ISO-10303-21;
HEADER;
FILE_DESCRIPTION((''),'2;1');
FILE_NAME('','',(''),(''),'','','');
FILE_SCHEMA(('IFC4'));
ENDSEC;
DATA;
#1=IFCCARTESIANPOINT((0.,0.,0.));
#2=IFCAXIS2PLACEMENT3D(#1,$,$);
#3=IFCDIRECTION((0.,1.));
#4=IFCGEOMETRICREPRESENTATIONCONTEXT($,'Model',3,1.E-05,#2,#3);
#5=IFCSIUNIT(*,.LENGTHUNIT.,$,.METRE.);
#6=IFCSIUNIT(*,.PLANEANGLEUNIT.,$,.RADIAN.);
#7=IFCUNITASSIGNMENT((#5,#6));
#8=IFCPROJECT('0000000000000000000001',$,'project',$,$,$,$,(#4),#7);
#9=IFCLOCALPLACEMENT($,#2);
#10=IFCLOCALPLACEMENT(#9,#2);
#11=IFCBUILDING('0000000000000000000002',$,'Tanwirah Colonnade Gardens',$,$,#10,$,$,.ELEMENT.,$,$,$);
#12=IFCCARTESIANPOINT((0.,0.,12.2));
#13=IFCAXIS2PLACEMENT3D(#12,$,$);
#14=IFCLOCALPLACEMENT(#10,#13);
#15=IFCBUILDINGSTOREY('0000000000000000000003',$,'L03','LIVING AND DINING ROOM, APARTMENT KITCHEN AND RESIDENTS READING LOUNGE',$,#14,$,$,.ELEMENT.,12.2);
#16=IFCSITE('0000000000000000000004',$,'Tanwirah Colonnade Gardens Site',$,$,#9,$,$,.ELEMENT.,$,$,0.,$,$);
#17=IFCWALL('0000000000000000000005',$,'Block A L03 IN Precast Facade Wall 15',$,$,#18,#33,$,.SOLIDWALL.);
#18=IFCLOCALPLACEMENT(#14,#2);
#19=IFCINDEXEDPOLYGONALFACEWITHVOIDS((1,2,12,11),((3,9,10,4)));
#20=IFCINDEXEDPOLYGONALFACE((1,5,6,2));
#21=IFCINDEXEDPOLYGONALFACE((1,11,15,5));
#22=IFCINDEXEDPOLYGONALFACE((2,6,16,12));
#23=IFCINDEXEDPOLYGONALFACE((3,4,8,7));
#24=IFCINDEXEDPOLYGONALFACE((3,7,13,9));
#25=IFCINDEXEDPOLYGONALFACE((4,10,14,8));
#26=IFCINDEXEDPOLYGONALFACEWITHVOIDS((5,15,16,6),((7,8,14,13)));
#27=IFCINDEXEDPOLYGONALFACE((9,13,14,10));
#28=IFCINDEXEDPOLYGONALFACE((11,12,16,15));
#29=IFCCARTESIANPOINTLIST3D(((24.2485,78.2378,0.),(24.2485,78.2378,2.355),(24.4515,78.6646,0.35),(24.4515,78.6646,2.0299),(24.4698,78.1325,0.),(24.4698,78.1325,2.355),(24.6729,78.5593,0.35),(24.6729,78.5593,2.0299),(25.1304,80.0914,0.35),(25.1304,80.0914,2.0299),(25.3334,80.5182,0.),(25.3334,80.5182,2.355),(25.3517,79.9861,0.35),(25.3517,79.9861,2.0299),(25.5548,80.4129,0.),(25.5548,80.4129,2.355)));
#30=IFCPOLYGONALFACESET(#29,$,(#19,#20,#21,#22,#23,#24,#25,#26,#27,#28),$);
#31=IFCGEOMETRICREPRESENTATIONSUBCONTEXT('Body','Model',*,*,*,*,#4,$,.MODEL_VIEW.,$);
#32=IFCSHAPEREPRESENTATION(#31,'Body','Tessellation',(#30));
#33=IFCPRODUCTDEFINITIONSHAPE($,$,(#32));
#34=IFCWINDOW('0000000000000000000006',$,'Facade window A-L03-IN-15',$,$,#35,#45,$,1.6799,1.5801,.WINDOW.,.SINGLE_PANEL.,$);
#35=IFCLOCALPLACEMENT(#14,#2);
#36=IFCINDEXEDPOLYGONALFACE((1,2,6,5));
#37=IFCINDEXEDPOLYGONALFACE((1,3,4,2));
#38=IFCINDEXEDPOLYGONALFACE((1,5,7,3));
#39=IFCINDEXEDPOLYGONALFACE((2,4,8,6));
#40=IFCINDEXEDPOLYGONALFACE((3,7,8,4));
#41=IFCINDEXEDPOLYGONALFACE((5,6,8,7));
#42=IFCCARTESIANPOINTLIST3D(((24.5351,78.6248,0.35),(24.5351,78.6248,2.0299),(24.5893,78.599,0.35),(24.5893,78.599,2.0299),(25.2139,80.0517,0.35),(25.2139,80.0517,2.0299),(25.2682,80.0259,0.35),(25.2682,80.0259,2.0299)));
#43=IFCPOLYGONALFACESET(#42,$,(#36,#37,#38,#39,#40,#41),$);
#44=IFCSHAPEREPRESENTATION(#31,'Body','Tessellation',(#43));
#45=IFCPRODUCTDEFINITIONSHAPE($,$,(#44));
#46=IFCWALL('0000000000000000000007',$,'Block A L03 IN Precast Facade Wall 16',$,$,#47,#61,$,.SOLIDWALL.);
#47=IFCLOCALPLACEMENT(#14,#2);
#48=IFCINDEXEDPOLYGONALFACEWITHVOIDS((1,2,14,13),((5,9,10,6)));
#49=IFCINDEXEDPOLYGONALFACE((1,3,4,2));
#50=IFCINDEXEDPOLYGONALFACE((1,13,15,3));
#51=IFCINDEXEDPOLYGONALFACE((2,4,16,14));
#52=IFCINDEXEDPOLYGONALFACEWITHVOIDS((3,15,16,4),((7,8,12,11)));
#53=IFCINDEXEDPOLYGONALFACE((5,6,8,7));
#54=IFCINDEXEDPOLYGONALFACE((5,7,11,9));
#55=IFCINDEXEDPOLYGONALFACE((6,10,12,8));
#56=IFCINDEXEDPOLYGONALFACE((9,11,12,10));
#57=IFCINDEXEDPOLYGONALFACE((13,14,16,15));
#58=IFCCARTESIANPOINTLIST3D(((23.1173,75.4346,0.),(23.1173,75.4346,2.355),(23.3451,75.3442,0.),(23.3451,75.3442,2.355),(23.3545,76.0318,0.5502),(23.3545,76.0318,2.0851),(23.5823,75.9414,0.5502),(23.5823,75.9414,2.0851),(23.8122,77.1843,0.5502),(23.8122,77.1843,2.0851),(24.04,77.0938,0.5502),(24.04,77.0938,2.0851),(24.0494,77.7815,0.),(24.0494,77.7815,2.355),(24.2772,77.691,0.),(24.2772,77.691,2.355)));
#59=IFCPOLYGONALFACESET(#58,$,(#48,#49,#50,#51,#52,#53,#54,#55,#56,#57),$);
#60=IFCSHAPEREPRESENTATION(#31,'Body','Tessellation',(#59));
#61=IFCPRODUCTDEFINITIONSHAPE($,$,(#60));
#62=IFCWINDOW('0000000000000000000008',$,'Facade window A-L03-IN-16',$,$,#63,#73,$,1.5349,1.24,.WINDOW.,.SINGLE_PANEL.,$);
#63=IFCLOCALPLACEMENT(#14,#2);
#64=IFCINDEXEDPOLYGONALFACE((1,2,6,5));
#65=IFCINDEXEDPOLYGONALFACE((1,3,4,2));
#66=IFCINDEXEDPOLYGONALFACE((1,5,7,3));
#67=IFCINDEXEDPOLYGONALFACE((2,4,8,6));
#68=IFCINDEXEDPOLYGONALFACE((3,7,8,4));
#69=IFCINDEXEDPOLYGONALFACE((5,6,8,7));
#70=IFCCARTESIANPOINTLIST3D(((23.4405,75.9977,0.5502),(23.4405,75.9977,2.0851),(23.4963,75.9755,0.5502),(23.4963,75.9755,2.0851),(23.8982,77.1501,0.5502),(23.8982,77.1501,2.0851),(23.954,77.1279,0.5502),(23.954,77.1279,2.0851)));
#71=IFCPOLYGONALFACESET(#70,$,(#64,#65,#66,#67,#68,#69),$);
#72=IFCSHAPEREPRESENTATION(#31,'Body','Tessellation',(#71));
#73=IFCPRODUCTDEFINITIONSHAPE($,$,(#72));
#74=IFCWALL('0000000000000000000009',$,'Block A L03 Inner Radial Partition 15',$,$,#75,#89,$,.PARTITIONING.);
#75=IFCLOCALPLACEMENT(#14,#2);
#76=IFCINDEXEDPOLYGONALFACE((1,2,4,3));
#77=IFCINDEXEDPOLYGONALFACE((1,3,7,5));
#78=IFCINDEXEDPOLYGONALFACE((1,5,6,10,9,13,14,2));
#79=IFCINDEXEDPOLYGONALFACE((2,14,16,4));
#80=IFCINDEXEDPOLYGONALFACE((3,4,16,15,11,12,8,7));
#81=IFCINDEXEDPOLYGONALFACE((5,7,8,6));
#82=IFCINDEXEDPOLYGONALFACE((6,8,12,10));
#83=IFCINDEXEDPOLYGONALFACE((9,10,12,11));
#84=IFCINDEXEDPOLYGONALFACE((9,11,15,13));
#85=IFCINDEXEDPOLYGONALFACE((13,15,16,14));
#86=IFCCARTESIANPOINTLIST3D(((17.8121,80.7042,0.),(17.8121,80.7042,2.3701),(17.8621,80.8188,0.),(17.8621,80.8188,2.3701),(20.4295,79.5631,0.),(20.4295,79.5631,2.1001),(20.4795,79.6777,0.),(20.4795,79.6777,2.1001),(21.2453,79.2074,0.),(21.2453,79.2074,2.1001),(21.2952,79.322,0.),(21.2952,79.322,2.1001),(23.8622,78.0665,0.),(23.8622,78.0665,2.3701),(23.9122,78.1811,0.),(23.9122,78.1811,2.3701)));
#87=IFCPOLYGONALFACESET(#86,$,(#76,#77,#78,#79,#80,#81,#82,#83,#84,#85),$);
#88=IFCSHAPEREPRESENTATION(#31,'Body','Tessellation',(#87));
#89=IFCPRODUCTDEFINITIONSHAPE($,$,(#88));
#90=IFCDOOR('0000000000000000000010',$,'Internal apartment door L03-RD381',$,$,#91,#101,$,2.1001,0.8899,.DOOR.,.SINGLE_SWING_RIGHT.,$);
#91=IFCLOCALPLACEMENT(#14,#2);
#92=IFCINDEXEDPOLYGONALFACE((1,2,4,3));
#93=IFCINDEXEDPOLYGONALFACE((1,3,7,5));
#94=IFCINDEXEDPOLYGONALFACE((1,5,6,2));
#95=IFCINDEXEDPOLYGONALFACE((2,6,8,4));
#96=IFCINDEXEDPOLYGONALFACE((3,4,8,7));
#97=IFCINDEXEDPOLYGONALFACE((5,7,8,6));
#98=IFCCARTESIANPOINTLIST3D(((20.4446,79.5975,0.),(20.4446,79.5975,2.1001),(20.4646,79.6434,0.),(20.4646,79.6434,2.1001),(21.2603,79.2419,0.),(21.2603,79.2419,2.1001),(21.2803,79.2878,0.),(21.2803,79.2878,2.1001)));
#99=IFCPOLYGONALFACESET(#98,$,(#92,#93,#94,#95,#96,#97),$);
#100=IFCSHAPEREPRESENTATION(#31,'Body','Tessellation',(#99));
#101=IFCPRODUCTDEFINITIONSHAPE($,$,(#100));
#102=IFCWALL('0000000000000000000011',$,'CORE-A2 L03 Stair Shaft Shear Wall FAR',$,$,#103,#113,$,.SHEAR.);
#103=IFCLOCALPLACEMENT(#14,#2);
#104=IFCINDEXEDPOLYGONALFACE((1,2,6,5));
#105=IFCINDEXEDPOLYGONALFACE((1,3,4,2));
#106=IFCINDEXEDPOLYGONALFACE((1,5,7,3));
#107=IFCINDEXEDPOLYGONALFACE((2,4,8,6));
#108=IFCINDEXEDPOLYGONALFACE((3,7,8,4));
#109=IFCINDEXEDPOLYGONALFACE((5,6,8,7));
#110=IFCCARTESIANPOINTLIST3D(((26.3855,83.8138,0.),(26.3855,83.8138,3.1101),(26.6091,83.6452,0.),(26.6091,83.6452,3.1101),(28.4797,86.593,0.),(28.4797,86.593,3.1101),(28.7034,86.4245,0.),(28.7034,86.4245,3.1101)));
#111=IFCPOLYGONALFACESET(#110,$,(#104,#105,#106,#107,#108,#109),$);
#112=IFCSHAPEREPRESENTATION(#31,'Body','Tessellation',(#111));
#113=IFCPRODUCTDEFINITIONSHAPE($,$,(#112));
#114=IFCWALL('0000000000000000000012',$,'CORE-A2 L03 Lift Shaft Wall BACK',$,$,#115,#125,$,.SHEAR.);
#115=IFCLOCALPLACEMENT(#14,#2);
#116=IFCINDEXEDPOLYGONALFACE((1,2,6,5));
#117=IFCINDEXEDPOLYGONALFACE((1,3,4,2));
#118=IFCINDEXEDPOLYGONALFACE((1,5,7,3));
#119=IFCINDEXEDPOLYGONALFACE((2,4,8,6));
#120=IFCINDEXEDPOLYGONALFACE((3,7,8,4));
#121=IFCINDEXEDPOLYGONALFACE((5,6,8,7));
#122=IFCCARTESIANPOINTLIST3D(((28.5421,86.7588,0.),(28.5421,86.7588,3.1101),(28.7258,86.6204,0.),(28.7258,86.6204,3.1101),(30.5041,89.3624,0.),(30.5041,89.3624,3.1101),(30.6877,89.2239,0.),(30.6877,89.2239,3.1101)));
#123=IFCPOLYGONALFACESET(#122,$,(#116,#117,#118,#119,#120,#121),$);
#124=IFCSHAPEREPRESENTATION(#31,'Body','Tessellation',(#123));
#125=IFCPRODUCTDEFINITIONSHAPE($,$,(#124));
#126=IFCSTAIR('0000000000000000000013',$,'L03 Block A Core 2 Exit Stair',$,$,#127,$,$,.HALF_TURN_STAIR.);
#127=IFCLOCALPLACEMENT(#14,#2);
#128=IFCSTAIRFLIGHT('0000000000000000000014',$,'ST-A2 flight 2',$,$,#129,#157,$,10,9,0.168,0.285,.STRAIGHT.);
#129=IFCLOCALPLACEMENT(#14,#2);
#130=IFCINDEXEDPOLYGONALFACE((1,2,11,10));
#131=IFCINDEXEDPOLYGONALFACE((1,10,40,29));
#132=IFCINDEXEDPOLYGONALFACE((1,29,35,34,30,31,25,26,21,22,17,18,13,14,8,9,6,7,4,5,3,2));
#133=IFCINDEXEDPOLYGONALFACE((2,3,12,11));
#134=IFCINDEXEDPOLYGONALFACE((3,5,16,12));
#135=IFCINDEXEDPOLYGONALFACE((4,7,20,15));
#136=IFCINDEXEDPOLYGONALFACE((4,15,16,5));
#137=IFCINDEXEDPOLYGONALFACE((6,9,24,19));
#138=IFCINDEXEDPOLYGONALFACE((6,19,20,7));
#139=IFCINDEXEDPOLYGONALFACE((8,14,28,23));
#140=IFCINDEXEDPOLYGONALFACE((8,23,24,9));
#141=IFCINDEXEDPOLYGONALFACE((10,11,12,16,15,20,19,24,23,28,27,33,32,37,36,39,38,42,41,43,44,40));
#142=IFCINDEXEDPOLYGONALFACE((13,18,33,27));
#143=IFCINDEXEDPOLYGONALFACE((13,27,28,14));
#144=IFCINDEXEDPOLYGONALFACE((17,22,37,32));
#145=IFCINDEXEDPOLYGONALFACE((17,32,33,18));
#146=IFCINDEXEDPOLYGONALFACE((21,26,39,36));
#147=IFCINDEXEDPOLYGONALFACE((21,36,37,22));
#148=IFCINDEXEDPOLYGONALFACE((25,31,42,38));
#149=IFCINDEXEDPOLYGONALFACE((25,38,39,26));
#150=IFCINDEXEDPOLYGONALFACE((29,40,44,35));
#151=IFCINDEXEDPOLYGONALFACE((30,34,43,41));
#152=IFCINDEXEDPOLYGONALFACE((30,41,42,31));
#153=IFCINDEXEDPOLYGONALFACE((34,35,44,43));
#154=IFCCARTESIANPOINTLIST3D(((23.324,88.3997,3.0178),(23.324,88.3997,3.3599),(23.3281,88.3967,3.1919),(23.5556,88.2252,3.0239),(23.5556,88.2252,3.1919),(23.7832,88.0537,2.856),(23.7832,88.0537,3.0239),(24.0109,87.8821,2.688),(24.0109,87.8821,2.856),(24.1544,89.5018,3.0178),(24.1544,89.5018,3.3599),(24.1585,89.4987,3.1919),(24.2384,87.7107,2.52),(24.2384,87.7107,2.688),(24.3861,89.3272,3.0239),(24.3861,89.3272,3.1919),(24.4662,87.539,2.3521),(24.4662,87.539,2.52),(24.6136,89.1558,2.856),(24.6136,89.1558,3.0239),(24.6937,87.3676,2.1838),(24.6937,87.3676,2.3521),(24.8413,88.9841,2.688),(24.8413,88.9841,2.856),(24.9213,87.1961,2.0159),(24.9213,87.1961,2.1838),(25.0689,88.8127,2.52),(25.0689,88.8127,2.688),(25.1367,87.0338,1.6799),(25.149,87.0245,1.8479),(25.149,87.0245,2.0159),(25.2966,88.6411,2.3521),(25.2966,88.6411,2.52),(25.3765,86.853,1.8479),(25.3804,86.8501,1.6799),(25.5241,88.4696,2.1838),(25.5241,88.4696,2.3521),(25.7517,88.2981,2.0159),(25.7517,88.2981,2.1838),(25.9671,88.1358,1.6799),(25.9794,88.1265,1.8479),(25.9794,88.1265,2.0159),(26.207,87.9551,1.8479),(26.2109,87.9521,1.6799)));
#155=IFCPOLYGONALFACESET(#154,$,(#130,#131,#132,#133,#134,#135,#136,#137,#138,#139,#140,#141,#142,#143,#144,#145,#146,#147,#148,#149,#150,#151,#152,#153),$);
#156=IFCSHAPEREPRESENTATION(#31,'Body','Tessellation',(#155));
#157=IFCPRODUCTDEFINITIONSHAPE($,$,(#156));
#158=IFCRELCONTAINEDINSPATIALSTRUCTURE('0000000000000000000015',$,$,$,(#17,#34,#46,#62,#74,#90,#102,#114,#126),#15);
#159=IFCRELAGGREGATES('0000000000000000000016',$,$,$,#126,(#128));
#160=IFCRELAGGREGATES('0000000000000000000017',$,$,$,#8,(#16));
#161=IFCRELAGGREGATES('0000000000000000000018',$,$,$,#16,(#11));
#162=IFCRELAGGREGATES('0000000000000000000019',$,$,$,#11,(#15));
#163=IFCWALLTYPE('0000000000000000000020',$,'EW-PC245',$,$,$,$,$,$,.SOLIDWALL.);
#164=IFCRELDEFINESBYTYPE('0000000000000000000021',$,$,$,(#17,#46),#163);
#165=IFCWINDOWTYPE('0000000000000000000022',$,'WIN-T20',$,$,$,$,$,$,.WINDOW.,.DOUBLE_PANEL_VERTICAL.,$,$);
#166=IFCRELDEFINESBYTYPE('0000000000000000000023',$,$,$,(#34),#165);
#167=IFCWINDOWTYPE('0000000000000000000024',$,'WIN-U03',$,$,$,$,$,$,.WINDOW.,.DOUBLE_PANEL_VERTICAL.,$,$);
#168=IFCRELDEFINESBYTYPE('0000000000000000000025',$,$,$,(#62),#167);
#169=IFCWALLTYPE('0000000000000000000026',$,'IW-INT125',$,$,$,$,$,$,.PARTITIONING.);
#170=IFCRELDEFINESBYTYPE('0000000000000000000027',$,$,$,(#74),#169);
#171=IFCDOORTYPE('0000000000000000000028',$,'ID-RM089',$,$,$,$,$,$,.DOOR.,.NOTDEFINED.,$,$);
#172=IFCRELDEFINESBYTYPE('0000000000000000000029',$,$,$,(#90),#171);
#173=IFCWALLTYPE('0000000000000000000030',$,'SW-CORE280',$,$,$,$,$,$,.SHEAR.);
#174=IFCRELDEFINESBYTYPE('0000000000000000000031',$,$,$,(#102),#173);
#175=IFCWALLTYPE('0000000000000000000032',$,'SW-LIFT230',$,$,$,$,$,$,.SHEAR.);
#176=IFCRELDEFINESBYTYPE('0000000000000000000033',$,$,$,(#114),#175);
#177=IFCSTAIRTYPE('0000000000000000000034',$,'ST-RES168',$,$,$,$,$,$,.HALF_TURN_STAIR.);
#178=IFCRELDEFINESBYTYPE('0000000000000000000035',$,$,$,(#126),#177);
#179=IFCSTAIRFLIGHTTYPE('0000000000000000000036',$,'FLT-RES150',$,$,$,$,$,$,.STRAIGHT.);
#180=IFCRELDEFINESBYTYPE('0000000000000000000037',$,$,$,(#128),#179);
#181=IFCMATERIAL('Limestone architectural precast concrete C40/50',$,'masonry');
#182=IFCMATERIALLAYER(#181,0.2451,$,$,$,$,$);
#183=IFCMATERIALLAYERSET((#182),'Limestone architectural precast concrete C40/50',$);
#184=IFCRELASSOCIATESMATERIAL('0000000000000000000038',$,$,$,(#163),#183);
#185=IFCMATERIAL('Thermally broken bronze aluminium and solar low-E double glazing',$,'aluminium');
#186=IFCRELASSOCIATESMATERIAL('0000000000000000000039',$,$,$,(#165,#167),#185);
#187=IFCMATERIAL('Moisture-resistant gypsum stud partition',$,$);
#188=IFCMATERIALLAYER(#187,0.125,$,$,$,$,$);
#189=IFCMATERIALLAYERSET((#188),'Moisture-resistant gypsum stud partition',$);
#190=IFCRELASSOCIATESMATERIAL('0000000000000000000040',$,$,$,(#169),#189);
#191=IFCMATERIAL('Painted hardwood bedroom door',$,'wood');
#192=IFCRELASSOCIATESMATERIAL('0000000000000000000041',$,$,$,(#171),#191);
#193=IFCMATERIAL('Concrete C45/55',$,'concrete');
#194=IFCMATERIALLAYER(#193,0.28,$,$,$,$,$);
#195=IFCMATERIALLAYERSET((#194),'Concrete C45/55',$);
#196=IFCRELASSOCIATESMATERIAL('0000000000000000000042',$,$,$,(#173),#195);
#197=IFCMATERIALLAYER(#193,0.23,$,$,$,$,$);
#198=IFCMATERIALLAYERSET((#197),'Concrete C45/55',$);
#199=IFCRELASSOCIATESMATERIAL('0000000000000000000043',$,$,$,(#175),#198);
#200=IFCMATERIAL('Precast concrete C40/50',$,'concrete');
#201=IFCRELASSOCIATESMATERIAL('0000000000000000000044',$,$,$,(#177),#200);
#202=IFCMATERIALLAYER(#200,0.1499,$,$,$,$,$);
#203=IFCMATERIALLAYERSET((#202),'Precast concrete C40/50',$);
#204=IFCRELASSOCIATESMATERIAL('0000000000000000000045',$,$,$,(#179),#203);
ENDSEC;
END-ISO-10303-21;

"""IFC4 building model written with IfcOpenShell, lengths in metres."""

from ifc_helpers import new_model, si_unit, direction, frame, frame_2d, origin, place, context, subcontext, project, spatial, polyline, rectangle, outline, extrude, material, layer, layer_set, type_object, element, fill, aggregate, save


model = new_model("IFC4")

# Units and contexts
model_context = context("Model", 3, precision=1e-05, world=origin(), true_north=direction((0.0, 1.0)))
body_context = subcontext(model_context, "Body", "Model", "MODEL_VIEW")
ifc_project = project(units=[si_unit("LENGTHUNIT", "METRE"), si_unit("PLANEANGLEUNIT", "RADIAN")], contexts=[model_context])

# Site, building, storey
site_placement = place(None, origin())
site = spatial("IfcSite", under=ifc_project, at=site_placement, Name="Tanwirah Colonnade Gardens Site", CompositionType="ELEMENT", RefElevation=0.0)
building_placement = place(site_placement, origin())
building = spatial("IfcBuilding", under=site, at=building_placement, Name="Tanwirah Colonnade Gardens", CompositionType="ELEMENT")
storey_placement = place(building_placement, frame((0.0, 0.0, 12.2)))
storey = spatial("IfcBuildingStorey", under=building, at=storey_placement, Name="L03", Description="LIVING AND DINING ROOM, APARTMENT KITCHEN AND RESIDENTS READING LOUNGE", CompositionType="ELEMENT", Elevation=12.2)

# Shared definitions
ifc_material_1 = material(Name="Precast concrete C40/50", Category="concrete")

# Walls, openings, windows
ifc_material_2 = material(Name="Limestone architectural precast concrete C40/50", Category="masonry")
ifc_layer_1 = layer(ifc_material_2, 0.2451)
ifc_layer_set_1 = layer_set([ifc_layer_1], Name="Limestone architectural precast concrete C40/50")
wall_type_1 = type_object("IfcWallType", Name="EW-PC245", PredefinedType="SOLIDWALL", material=ifc_layer_set_1)
wall_1_placement = place(storey_placement, frame((25.4441, 80.4656, 0.0), z_axis=(0.0, 0.0, 1.0), x_axis=(-0.429611, -0.903014, 0.0)))
wall_1 = element("IfcWall", 1, at=wall_1_placement, inside=storey, type_object=wall_type_1, Name="Block A L03 IN Precast Facade Wall 15", PredefinedType="SOLIDWALL", context=body_context, shape_type="SweptSolid", body=[
    extrude(rectangle(XDim=2.5254, YDim=0.2451, at=frame_2d((1.2627, 0.0))), origin(), (0.0, 0.0, 1.0), 2.355),
])
opening_1_placement = place(wall_1_placement, frame((0.4727, 0.0, 0.3501)))
opening_1 = element("IfcOpeningElement", 2, at=opening_1_placement, cuts=wall_1, PredefinedType="OPENING", context=body_context, shape_type="SweptSolid", body=[
    extrude(rectangle(XDim=1.5801, YDim=1.6799, at=frame_2d((0.79, 0.8398))), frame((0.0, 0.1326, 0.0), z_axis=(0.0, -1.0, 0.0), x_axis=(1.0, 0.0, 0.0)), (0.0, 0.0, 1.0), 0.2651),
])
ifc_material_3 = material(Name="Thermally broken bronze aluminium and solar low-E double glazing", Category="aluminium")
window_type_1 = type_object("IfcWindowType", Name="WIN-T20", PartitioningType="DOUBLE_PANEL_VERTICAL", PredefinedType="WINDOW", material=ifc_material_3)
window_1_placement = place(opening_1_placement, origin())
window_1 = element("IfcWindow", 3, at=window_1_placement, inside=storey, type_object=window_type_1, Name="Facade window A-L03-IN-15", OverallHeight=1.6799, OverallWidth=1.5801, PartitioningType="SINGLE_PANEL", PredefinedType="WINDOW", context=body_context, shape_type="SweptSolid", body=[
    extrude(rectangle(XDim=1.5801, YDim=1.6799, at=frame_2d((0.79, 0.8398))), frame((0.0, 0.03, 0.0), z_axis=(0.0, -1.0, 0.0), x_axis=(1.0, 0.0, 0.0)), (0.0, 0.0, 1.0), 0.0601),
])
fill(opening_1, window_1)
wall_2_placement = place(storey_placement, frame((24.1633, 77.7363, 0.0), z_axis=(0.0, 0.0, 1.0), x_axis=(-0.369123, -0.929381, 0.0)))
wall_2 = element("IfcWall", 4, at=wall_2_placement, inside=storey, type_object=wall_type_1, Name="Block A L03 IN Precast Facade Wall 16", PredefinedType="SOLIDWALL", context=body_context, shape_type="SweptSolid", body=[
    extrude(rectangle(XDim=2.5251, YDim=0.2451, at=frame_2d((1.2627, 0.0))), origin(), (0.0, 0.0, 1.0), 2.355),
])
opening_2_placement = place(wall_2_placement, frame((0.6426, 0.0, 0.55)))
opening_2 = element("IfcOpeningElement", 5, at=opening_2_placement, cuts=wall_2, PredefinedType="OPENING", context=body_context, shape_type="SweptSolid", body=[
    extrude(rectangle(XDim=1.24, YDim=1.5349, at=frame_2d((0.6201, 0.7676))), frame((0.0, 0.1326, 0.0), z_axis=(0.0, -1.0, 0.0), x_axis=(1.0, 0.0, 0.0)), (0.0, 0.0, 1.0), 0.2651),
])
window_type_2 = type_object("IfcWindowType", Name="WIN-U03", PartitioningType="DOUBLE_PANEL_VERTICAL", PredefinedType="WINDOW", material=ifc_material_3)
window_2_placement = place(opening_2_placement, origin())
window_2 = element("IfcWindow", 6, at=window_2_placement, inside=storey, type_object=window_type_2, Name="Facade window A-L03-IN-16", OverallHeight=1.5349, OverallWidth=1.24, PartitioningType="SINGLE_PANEL", PredefinedType="WINDOW", context=body_context, shape_type="SweptSolid", body=[
    extrude(rectangle(XDim=1.24, YDim=1.5349, at=frame_2d((0.6201, 0.7676))), frame((0.0, 0.03, 0.0), z_axis=(0.0, -1.0, 0.0), x_axis=(1.0, 0.0, 0.0)), (0.0, 0.0, 1.0), 0.0601),
])
fill(opening_2, window_2)

# Wall, opening, door
ifc_material_4 = material(Name="Moisture-resistant gypsum stud partition")
ifc_layer_2 = layer(ifc_material_4, 0.125)
ifc_layer_set_2 = layer_set([ifc_layer_2], Name="Moisture-resistant gypsum stud partition")
wall_type_2 = type_object("IfcWallType", Name="IW-INT125", PredefinedType="PARTITIONING", material=ifc_layer_set_2)
wall_3_placement = place(storey_placement, frame((23.8872, 78.1238, 0.0), z_axis=(0.0, 0.0, 1.0), x_axis=(-0.916669, 0.399648, 0.0)))
wall_3 = element("IfcWall", 7, at=wall_3_placement, inside=storey, type_object=wall_type_2, Name="Block A L03 Inner Radial Partition 15", PredefinedType="PARTITIONING", context=body_context, shape_type="SweptSolid", body=[
    extrude(rectangle(XDim=6.6001, YDim=0.125, at=frame_2d((3.3, 0.0))), origin(), (0.0, 0.0, 1.0), 2.3701),
])
opening_3_placement = place(wall_3_placement, frame((2.855, 0.0, 0.0)))
opening_3 = element("IfcOpeningElement", 8, at=opening_3_placement, cuts=wall_3, PredefinedType="OPENING", context=body_context, shape_type="SweptSolid", body=[
    extrude(rectangle(XDim=0.8899, YDim=2.1001, at=frame_2d((0.4448, 1.05))), frame((0.0, 0.0725, 0.0), z_axis=(0.0, -1.0, 0.0), x_axis=(1.0, 0.0, 0.0)), (0.0, 0.0, 1.0), 0.145),
])
ifc_material_5 = material(Name="Painted hardwood bedroom door", Category="wood")
door_type = type_object("IfcDoorType", Name="ID-RM089", OperationType="NOTDEFINED", PredefinedType="DOOR", material=ifc_material_5)
door_placement = place(opening_3_placement, origin())
door = element("IfcDoor", 9, at=door_placement, inside=storey, type_object=door_type, Name="Internal apartment door L03-RD381", OperationType="SINGLE_SWING_RIGHT", OverallHeight=2.1001, OverallWidth=0.8899, PredefinedType="DOOR", context=body_context, shape_type="SweptSolid", body=[
    extrude(rectangle(XDim=0.8899, YDim=2.1001, at=frame_2d((0.4448, 1.05))), frame((0.0, 0.0249, 0.0), z_axis=(0.0, -1.0, 0.0), x_axis=(1.0, 0.0, 0.0)), (0.0, 0.0, 1.0), 0.05),
])
fill(opening_3, door)

# Walls
ifc_material_6 = material(Name="Concrete C45/55", Category="concrete")
ifc_layer_3 = layer(ifc_material_6, 0.28)
ifc_layer_set_3 = layer_set([ifc_layer_3], Name="Concrete C45/55")
wall_type_3 = type_object("IfcWallType", Name="SW-CORE280", PredefinedType="SHEAR", material=ifc_layer_set_3)
wall_4_placement = place(storey_placement, frame((26.4973, 83.7295, 0.0), z_axis=(0.0, 0.0, 1.0), x_axis=(0.601794, 0.798651, 0.0)))
element("IfcWall", 10, at=wall_4_placement, inside=storey, type_object=wall_type_3, Name="CORE-A2 L03 Stair Shaft Shear Wall FAR", PredefinedType="SHEAR", context=body_context, shape_type="SweptSolid", body=[
    extrude(rectangle(XDim=3.48, YDim=0.28, at=frame_2d((1.74, 0.0))), origin(), (0.0, 0.0, 1.0), 3.1101),
])
ifc_layer_4 = layer(ifc_material_6, 0.23)
ifc_layer_set_4 = layer_set([ifc_layer_4], Name="Concrete C45/55")
wall_type_4 = type_object("IfcWallType", Name="SW-LIFT230", PredefinedType="SHEAR", material=ifc_layer_set_4)
wall_5_placement = place(storey_placement, frame((28.634, 86.6897, 0.0), z_axis=(0.0, 0.0, 1.0), x_axis=(0.60182, 0.798632, 0.0)))
element("IfcWall", 11, at=wall_5_placement, inside=storey, type_object=wall_type_4, Name="CORE-A2 L03 Lift Shaft Wall BACK", PredefinedType="SHEAR", context=body_context, shape_type="SweptSolid", body=[
    extrude(rectangle(XDim=3.26, YDim=0.23, at=frame_2d((1.6299, 0.0))), origin(), (0.0, 0.0, 1.0), 3.1101),
])

# Stair, stair flight
stair_type = type_object("IfcStairType", Name="ST-RES168", PredefinedType="HALF_TURN_STAIR", material=ifc_material_1)
stair_placement = place(storey_placement, origin())
stair = element("IfcStair", 12, at=stair_placement, inside=storey, type_object=stair_type, Name="L03 Block A Core 2 Exit Stair", PredefinedType="HALF_TURN_STAIR")
ifc_layer_5 = layer(ifc_material_1, 0.1499)
ifc_layer_set_5 = layer_set([ifc_layer_5], Name="Precast concrete C40/50")
stair_flight_type = type_object("IfcStairFlightType", Name="FLT-RES150", PredefinedType="STRAIGHT", material=ifc_layer_set_5)
stair_flight_placement = place(storey_placement, frame((25.7917, 87.4041, 1.6799), z_axis=(0.0, 0.0, 1.0), x_axis=(-0.798636, 0.601815, 0.0)))
stair_flight = element("IfcStairFlight", 13, at=stair_flight_placement, type_object=stair_flight_type, Name="ST-A2 flight 2", NumberOfRisers=10, NumberOfTreads=9, PredefinedType="STRAIGHT", RiserHeight=0.168, TreadLength=0.285, context=body_context, shape_type="SweptSolid", body=[
    extrude(outline(polyline([(-0.0049, 0.0), (0.0, 0.168), (0.2849, 0.168), (0.2849, 0.3359), (0.5701, 0.3359), (0.5701, 0.5039), (0.855, 0.5039), (0.855, 0.6721), (1.1399, 0.6721), (1.1399, 0.8401), (1.425, 0.8401), (1.425, 1.0081), (1.71, 1.0081), (1.71, 1.176), (1.9951, 1.176), (1.9951, 1.344), (2.28, 1.344), (2.28, 1.512), (2.5649, 1.512), (2.5701, 1.6799), (2.5701, 1.3379), (0.3003, 0.0), (-0.0049, 0.0)])), frame((0.0, 0.6899, 0.0), z_axis=(0.0, -1.0, 0.0), x_axis=(1.0, 0.0, 0.0)), (0.0, 0.0, 1.0), 1.3799),
])
aggregate(stair, [stair_flight])

save(model, "model.ifc")
